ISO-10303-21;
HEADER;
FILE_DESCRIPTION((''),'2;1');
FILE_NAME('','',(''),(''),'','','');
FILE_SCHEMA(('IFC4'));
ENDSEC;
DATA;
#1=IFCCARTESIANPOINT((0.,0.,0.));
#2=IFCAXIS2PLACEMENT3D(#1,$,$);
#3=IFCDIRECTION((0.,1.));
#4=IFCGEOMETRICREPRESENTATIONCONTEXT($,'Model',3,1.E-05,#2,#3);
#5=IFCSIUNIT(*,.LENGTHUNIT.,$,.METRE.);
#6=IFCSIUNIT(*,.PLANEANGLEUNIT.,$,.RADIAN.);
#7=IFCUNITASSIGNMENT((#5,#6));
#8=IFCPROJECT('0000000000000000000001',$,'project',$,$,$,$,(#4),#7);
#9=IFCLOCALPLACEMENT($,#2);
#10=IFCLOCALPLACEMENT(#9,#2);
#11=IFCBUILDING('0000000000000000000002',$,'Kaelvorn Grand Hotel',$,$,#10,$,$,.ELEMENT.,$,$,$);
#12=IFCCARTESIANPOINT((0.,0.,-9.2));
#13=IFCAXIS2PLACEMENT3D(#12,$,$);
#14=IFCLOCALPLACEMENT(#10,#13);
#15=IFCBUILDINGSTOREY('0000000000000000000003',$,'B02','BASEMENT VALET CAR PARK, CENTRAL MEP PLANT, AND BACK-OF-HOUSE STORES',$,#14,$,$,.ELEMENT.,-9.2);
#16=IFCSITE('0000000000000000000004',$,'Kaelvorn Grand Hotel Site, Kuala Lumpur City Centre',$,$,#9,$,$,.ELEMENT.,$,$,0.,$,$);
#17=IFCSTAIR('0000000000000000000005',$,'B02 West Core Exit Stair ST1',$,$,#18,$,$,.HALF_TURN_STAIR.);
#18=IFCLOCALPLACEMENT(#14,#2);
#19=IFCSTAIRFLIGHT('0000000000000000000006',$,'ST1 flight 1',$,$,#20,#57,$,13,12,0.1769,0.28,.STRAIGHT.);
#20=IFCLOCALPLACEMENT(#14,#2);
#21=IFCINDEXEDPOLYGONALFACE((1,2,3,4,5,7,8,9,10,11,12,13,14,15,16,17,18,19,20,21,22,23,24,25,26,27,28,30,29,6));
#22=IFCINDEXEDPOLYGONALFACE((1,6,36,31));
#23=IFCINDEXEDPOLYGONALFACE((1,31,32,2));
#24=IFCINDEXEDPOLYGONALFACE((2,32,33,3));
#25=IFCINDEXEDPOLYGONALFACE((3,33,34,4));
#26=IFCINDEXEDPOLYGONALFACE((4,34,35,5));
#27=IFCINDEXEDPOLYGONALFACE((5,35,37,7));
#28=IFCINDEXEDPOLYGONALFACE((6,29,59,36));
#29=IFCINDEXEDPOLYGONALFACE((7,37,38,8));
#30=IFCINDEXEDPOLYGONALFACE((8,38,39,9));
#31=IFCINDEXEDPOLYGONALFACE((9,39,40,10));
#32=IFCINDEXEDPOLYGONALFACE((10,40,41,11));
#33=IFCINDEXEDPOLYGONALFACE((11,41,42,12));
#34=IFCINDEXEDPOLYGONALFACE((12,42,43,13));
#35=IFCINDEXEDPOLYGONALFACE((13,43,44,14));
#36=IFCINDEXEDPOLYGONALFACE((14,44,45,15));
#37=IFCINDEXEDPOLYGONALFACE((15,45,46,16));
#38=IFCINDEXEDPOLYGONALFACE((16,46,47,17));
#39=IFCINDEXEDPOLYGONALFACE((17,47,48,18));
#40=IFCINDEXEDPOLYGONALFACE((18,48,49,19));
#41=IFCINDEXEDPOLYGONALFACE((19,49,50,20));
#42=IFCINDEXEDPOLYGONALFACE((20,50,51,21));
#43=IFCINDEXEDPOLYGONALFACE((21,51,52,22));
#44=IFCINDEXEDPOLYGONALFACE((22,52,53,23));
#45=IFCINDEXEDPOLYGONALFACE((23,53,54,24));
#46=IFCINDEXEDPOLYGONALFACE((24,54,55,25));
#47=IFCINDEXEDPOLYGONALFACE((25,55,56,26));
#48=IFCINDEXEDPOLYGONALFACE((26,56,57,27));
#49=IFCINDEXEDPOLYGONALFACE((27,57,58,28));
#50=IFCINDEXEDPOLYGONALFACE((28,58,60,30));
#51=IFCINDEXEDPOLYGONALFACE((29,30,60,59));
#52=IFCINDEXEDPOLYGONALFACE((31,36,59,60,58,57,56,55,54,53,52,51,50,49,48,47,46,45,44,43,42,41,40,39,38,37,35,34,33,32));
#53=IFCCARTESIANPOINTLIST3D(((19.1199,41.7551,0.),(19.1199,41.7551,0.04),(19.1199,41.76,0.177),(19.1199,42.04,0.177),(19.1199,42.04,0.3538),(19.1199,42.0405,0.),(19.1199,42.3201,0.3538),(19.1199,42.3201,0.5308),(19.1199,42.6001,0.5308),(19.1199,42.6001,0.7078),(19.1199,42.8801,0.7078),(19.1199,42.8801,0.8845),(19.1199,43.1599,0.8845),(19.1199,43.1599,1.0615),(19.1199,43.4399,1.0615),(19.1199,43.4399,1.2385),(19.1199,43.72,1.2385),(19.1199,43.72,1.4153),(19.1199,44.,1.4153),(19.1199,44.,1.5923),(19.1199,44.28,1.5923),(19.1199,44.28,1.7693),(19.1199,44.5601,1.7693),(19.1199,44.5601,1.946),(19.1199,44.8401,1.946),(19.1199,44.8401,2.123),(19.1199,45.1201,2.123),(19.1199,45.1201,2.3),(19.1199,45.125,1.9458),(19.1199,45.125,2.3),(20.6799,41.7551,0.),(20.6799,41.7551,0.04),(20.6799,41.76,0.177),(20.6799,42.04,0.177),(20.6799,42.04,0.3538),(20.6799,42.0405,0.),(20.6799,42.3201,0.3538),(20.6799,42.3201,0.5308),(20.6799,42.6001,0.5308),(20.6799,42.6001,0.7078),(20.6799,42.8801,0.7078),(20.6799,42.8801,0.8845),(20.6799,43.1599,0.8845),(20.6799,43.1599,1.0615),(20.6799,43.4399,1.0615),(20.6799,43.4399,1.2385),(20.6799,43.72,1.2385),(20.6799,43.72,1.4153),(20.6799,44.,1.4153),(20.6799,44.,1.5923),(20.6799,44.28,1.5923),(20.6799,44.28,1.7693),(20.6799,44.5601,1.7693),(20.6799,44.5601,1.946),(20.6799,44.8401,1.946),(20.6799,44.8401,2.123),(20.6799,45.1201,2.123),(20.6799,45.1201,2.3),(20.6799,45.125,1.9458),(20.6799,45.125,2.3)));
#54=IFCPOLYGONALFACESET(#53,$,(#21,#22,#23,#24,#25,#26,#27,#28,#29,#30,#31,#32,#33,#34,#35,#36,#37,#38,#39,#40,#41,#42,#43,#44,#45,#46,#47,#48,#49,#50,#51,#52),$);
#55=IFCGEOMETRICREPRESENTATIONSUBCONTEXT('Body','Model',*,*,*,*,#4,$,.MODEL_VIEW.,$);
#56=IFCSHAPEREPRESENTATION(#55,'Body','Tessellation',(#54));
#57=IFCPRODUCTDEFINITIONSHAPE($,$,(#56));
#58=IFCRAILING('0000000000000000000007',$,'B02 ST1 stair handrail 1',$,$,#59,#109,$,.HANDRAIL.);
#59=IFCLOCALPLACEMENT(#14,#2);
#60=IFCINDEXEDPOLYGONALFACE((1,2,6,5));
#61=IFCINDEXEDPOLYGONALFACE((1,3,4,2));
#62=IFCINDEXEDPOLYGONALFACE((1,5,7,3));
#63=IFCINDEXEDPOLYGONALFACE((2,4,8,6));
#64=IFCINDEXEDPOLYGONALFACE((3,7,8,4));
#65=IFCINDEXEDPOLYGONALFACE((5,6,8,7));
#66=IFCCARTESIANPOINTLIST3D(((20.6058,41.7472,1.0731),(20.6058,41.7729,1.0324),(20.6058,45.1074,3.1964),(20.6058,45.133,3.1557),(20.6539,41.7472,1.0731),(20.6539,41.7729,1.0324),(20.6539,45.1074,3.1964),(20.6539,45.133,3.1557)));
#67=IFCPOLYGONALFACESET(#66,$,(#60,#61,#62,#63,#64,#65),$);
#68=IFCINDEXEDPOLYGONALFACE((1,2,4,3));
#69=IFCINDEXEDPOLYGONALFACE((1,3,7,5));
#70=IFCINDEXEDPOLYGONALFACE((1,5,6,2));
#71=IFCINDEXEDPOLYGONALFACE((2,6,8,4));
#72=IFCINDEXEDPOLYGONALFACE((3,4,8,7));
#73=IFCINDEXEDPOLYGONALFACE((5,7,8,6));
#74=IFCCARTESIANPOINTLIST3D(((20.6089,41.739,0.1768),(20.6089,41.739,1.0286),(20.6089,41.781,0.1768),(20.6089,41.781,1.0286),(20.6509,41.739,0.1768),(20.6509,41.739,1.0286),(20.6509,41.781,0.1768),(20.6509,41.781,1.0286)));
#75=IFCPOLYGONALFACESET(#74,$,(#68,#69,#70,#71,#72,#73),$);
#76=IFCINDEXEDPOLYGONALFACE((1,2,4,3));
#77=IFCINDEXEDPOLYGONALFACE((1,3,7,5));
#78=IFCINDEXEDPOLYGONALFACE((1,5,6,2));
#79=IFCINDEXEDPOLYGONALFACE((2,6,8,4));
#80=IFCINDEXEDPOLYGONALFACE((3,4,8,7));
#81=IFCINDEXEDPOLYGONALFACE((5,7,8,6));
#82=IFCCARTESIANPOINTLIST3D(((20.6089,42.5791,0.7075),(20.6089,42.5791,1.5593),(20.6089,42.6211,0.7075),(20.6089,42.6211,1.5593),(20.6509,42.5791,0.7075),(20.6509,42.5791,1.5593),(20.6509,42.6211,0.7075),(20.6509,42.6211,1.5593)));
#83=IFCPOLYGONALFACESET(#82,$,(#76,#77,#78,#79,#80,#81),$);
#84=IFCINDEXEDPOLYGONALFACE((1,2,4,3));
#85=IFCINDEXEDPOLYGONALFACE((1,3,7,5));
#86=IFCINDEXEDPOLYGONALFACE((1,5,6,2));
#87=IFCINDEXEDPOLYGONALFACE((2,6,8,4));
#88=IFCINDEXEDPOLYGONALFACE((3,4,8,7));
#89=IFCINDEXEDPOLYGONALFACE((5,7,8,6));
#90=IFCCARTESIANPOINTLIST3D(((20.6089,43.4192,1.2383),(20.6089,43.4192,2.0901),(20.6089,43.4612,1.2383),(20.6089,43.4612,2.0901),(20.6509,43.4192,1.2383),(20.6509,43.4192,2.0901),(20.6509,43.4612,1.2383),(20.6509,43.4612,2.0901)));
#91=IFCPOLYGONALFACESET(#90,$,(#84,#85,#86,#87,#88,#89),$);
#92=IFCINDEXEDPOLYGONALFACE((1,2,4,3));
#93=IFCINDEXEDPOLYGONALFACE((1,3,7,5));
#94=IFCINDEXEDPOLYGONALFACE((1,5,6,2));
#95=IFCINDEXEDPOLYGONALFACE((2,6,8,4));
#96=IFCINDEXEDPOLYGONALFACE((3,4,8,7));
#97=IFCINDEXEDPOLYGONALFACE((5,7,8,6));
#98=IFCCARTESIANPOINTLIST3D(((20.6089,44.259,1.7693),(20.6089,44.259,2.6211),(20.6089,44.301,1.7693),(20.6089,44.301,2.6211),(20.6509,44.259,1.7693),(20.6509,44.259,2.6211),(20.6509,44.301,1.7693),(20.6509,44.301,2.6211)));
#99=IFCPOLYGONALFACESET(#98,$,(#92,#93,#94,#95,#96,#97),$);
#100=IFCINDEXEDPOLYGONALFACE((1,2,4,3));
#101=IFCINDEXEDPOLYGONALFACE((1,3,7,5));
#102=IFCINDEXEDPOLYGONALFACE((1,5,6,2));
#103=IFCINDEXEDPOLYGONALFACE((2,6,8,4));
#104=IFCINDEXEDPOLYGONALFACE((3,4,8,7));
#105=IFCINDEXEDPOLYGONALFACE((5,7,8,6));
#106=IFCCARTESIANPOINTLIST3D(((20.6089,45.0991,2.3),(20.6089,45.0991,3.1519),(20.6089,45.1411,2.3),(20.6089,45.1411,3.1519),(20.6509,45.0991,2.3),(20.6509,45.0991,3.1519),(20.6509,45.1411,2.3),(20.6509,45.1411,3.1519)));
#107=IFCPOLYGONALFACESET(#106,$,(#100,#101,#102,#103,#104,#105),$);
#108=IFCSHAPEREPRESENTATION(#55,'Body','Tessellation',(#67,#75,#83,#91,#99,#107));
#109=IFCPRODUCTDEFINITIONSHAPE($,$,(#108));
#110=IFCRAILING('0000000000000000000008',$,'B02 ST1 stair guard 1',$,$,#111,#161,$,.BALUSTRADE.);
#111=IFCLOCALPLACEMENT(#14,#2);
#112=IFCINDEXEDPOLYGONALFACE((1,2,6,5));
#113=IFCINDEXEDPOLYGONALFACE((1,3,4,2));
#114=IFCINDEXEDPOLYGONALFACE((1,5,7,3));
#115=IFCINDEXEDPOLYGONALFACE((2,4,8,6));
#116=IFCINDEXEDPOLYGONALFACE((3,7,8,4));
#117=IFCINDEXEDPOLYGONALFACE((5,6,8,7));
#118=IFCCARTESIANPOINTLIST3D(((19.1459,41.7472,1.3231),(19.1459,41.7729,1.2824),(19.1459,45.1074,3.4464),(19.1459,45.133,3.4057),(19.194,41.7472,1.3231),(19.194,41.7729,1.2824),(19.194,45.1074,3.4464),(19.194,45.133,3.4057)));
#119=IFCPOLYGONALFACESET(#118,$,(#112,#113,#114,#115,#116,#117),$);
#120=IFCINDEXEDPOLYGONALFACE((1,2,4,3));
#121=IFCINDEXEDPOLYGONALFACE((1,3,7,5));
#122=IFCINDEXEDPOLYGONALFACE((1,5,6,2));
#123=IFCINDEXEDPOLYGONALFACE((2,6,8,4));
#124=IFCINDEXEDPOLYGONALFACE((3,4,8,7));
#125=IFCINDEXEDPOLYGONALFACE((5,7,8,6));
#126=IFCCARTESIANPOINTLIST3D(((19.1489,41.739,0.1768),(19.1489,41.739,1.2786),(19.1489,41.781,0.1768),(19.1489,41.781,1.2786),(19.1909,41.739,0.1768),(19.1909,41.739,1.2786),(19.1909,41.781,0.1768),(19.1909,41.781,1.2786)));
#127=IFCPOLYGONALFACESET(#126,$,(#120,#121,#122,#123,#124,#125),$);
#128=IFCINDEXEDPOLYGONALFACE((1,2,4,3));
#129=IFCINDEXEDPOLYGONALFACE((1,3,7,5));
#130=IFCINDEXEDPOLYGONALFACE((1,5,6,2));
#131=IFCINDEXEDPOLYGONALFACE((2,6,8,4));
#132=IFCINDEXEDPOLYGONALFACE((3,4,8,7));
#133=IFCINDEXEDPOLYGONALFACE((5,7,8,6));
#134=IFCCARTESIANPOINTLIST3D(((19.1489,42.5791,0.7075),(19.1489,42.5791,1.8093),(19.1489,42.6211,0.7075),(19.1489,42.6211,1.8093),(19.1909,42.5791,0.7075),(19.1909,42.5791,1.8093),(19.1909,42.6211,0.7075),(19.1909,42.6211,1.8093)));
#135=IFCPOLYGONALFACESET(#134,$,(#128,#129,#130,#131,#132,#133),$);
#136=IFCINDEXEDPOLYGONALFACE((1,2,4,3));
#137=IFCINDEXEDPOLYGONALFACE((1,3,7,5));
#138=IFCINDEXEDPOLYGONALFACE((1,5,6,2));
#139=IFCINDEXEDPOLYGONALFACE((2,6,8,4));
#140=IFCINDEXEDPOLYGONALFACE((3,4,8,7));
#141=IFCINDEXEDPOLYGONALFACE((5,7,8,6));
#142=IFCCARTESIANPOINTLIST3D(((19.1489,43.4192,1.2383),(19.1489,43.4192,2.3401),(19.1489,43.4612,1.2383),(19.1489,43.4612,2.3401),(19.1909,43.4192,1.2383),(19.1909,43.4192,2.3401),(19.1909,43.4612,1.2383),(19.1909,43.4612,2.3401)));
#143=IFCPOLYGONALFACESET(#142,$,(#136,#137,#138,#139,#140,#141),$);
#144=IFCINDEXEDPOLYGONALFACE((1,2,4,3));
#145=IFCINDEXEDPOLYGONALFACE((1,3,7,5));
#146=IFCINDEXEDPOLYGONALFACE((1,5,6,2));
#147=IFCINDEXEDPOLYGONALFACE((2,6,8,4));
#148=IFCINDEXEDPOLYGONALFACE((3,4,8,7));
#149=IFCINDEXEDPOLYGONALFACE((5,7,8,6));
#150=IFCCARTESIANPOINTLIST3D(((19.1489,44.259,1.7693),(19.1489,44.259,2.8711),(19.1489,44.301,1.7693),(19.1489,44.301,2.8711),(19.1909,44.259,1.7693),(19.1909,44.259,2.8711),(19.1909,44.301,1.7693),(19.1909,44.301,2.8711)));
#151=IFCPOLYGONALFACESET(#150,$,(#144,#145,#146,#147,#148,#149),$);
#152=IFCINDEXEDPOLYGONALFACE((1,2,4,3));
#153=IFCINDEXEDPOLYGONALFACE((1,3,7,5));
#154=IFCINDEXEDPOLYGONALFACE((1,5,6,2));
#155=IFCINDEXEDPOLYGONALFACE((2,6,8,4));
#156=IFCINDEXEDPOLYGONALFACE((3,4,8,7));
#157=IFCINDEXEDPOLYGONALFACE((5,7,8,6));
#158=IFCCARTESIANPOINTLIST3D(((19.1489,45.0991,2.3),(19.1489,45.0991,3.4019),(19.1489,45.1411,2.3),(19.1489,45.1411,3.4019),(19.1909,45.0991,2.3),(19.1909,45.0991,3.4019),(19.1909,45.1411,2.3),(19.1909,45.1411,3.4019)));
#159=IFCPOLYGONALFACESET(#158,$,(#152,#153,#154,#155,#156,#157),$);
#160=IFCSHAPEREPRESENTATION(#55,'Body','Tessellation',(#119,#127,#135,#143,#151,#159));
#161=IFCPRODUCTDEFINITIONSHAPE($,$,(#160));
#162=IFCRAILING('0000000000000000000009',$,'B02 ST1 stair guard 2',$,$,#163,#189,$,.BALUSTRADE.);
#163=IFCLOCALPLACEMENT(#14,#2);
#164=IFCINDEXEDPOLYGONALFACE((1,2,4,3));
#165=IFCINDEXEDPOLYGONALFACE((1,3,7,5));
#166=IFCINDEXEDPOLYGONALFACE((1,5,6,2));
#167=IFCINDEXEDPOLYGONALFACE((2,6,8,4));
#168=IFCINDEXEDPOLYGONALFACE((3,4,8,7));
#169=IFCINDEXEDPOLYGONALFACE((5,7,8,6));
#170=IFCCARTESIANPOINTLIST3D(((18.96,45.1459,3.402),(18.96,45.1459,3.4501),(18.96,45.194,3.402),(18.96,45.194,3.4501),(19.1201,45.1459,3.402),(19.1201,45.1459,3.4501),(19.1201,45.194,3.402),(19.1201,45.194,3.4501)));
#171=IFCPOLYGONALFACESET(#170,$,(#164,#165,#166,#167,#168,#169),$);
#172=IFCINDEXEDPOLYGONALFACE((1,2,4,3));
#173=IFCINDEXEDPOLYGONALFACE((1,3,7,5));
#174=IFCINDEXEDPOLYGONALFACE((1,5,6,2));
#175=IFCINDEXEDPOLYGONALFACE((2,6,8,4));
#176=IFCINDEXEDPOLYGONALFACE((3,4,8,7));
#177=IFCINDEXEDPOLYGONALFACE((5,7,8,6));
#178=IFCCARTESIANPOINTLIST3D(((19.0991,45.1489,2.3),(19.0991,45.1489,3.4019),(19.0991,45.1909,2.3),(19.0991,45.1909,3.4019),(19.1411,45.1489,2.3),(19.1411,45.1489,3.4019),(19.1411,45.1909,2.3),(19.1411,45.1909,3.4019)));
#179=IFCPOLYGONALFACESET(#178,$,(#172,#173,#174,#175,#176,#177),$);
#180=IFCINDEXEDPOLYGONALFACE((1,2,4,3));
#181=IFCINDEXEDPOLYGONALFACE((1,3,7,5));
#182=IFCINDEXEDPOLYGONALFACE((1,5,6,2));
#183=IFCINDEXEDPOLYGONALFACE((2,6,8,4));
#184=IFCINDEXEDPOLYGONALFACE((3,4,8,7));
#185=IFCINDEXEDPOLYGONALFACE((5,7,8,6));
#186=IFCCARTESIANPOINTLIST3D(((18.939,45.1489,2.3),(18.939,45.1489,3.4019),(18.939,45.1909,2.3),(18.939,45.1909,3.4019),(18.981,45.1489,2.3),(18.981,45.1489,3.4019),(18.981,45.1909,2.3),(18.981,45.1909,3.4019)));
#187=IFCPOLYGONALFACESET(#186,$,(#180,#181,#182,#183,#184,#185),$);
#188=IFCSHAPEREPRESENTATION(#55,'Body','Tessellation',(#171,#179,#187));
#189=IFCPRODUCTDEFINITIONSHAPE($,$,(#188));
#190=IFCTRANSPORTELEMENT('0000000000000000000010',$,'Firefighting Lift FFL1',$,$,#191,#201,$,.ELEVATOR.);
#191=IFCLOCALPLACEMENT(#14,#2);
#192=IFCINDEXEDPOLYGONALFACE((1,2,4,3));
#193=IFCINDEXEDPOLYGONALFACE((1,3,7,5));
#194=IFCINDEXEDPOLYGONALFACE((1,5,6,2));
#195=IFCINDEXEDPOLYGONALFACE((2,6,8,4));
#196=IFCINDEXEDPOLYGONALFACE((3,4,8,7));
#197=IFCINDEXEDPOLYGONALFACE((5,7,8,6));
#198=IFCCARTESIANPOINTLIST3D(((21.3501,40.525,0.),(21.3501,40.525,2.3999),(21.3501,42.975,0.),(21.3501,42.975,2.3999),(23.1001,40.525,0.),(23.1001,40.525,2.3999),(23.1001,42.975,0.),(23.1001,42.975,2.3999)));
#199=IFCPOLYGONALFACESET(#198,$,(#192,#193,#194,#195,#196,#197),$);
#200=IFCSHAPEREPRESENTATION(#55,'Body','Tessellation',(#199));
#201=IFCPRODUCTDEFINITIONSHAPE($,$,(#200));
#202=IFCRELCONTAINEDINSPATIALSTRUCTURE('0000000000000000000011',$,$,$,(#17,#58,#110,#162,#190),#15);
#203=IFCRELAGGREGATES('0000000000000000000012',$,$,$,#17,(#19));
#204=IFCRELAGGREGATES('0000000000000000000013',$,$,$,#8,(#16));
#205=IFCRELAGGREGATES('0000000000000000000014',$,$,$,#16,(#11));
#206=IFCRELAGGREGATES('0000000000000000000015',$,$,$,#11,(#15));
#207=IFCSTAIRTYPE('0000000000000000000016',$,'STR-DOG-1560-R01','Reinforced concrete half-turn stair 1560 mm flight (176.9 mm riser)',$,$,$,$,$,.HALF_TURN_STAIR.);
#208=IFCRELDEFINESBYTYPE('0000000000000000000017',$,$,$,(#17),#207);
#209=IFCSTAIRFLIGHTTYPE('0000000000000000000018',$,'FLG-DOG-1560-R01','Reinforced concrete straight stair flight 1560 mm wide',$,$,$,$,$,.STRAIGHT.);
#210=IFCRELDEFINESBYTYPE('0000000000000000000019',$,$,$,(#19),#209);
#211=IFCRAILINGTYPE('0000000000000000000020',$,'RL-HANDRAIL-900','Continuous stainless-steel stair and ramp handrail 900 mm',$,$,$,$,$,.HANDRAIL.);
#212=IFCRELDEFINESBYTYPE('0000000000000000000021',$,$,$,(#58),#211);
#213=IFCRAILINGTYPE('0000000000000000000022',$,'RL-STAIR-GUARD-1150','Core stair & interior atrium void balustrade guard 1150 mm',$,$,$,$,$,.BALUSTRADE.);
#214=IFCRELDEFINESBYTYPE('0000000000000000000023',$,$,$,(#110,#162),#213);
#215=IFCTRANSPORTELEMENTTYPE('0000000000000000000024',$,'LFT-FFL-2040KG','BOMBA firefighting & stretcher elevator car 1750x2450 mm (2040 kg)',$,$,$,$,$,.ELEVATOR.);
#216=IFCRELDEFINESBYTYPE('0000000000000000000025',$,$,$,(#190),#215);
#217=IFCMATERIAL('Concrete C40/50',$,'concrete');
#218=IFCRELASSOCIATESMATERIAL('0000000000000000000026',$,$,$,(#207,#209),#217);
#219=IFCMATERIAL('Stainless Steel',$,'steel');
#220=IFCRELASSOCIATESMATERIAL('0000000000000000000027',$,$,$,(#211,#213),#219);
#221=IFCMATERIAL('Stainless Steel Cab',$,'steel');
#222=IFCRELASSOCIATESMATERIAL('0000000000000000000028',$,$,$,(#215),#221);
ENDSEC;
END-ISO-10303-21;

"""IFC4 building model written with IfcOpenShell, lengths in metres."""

from ifc_helpers import new_model, si_unit, direction, frame, origin, origin_2d, place, context, subcontext, project, spatial, polyline, rectangle, outline, extrude, material, type_object, element, aggregate, save


model = new_model("IFC4")

# Units and contexts
model_context = context("Model", 3, precision=1e-05, world=origin(), true_north=direction((0.0, 1.0)))
body_context = subcontext(model_context, "Body", "Model", "MODEL_VIEW")
ifc_project = project(units=[si_unit("LENGTHUNIT", "METRE"), si_unit("PLANEANGLEUNIT", "RADIAN")], contexts=[model_context])

# Site, building, storey
site_placement = place(None, origin())
site = spatial("IfcSite", under=ifc_project, at=site_placement, Name="Kaelvorn Grand Hotel Site, Kuala Lumpur City Centre", CompositionType="ELEMENT", RefElevation=0.0)
building_placement = place(site_placement, origin())
building = spatial("IfcBuilding", under=site, at=building_placement, Name="Kaelvorn Grand Hotel", CompositionType="ELEMENT")
storey_placement = place(building_placement, frame((0.0, 0.0, -9.2)))
storey = spatial("IfcBuildingStorey", under=building, at=storey_placement, Name="B02", Description="BASEMENT VALET CAR PARK, CENTRAL MEP PLANT, AND BACK-OF-HOUSE STORES", CompositionType="ELEMENT", Elevation=-9.2)

# Shared definitions
ifc_material_1 = material(Name="Concrete C40/50", Category="concrete")

# Stair, stair flight
stair_type = type_object("IfcStairType", Name="STR-DOG-1560-R01", Description="Reinforced concrete half-turn stair 1560 mm flight (176.9 mm riser)", PredefinedType="HALF_TURN_STAIR", material=ifc_material_1)
stair_placement = place(storey_placement, origin())
stair = element("IfcStair", 1, at=stair_placement, inside=storey, type_object=stair_type, Name="B02 West Core Exit Stair ST1", PredefinedType="HALF_TURN_STAIR")
stair_flight_type = type_object("IfcStairFlightType", Name="FLG-DOG-1560-R01", Description="Reinforced concrete straight stair flight 1560 mm wide", PredefinedType="STRAIGHT", material=ifc_material_1)
stair_flight_placement = place(storey_placement, frame((19.8999, 41.76, 0.0), z_axis=(0.0, 0.0, 1.0), x_axis=(0.0, 1.0, 0.0)))
stair_flight = element("IfcStairFlight", 2, at=stair_flight_placement, type_object=stair_flight_type, Name="ST1 flight 1", NumberOfRisers=13, NumberOfTreads=12, PredefinedType="STRAIGHT", RiserHeight=0.1769, TreadLength=0.28, context=body_context, shape_type="SweptSolid", body=[
    extrude(outline(polyline([(-0.0049, 0.0), (-0.0049, 0.04), (0.0, 0.177), (0.28, 0.177), (0.28, 0.3538), (0.5601, 0.3538), (0.5601, 0.5308), (0.8401, 0.5308), (0.8401, 0.7078), (1.1201, 0.7078), (1.1201, 0.8845), (1.3999, 0.8845), (1.3999, 1.0615), (1.6799, 1.0615), (1.6799, 1.2385), (1.96, 1.2385), (1.96, 1.4153), (2.24, 1.4153), (2.24, 1.5923), (2.52, 1.5923), (2.52, 1.7693), (2.8, 1.7693), (2.8, 1.946), (3.0801, 1.946), (3.0801, 2.123), (3.3601, 2.123), (3.3601, 2.3), (3.365, 2.3), (3.365, 1.9458), (0.2805, 0.0), (-0.0049, 0.0)])), frame((0.0, 0.78, 0.0), z_axis=(0.0, -1.0, 0.0), x_axis=(1.0, 0.0, 0.0)), (0.0, 0.0, 1.0), 1.5601),
])
aggregate(stair, [stair_flight])

# Railings
ifc_material_2 = material(Name="Stainless Steel", Category="steel")
railing_type_1 = type_object("IfcRailingType", Name="RL-HANDRAIL-900", Description="Continuous stainless-steel stair and ramp handrail 900 mm", PredefinedType="HANDRAIL", material=ifc_material_2)
railing_1_placement = place(storey_placement, frame((20.6299, 41.76, 0.1768)))
element("IfcRailing", 3, at=railing_1_placement, inside=storey, type_object=railing_type_1, Name="B02 ST1 stair handrail 1", PredefinedType="HANDRAIL", context=body_context, shape_type="SweptSolid", body=[
    extrude(rectangle(XDim=0.0481, YDim=0.0481, at=origin_2d()), frame((0.0, 0.0, 0.876), z_axis=(0.0, 0.845362, 0.534194), x_axis=(-1.0, 0.0, 0.0)), (0.0, 0.0, 1.0), 3.9749),
    extrude(rectangle(XDim=0.042, YDim=0.042, at=origin_2d()), origin(), (0.0, 0.0, 1.0), 0.8518),
    extrude(rectangle(XDim=0.042, YDim=0.042, at=origin_2d()), frame((0.0, 0.8401, 0.5308)), (0.0, 0.0, 1.0), 0.8518),
    extrude(rectangle(XDim=0.042, YDim=0.042, at=origin_2d()), frame((0.0, 1.6802, 1.0615)), (0.0, 0.0, 1.0), 0.8518),
    extrude(rectangle(XDim=0.042, YDim=0.042, at=origin_2d()), frame((0.0, 2.52, 1.5925)), (0.0, 0.0, 1.0), 0.8518),
    extrude(rectangle(XDim=0.042, YDim=0.042, at=origin_2d()), frame((0.0, 3.3601, 2.1233)), (0.0, 0.0, 1.0), 0.8518),
])
railing_type_2 = type_object("IfcRailingType", Name="RL-STAIR-GUARD-1150", Description="Core stair & interior atrium void balustrade guard 1150 mm", PredefinedType="BALUSTRADE", material=ifc_material_2)
railing_2_placement = place(storey_placement, frame((19.1699, 41.76, 0.1768)))
element("IfcRailing", 4, at=railing_2_placement, inside=storey, type_object=railing_type_2, Name="B02 ST1 stair guard 1", PredefinedType="BALUSTRADE", context=body_context, shape_type="SweptSolid", body=[
    extrude(rectangle(XDim=0.0481, YDim=0.0481, at=origin_2d()), frame((0.0, 0.0, 1.126), z_axis=(0.0, 0.845362, 0.534194), x_axis=(-1.0, 0.0, 0.0)), (0.0, 0.0, 1.0), 3.9749),
    extrude(rectangle(XDim=0.042, YDim=0.042, at=origin_2d()), origin(), (0.0, 0.0, 1.0), 1.1018),
    extrude(rectangle(XDim=0.042, YDim=0.042, at=origin_2d()), frame((0.0, 0.8401, 0.5308)), (0.0, 0.0, 1.0), 1.1018),
    extrude(rectangle(XDim=0.042, YDim=0.042, at=origin_2d()), frame((0.0, 1.6802, 1.0615)), (0.0, 0.0, 1.0), 1.1018),
    extrude(rectangle(XDim=0.042, YDim=0.042, at=origin_2d()), frame((0.0, 2.52, 1.5925)), (0.0, 0.0, 1.0), 1.1018),
    extrude(rectangle(XDim=0.042, YDim=0.042, at=origin_2d()), frame((0.0, 3.3601, 2.1233)), (0.0, 0.0, 1.0), 1.1018),
])
railing_3_placement = place(storey_placement, frame((19.1201, 45.1699, 2.3)))
element("IfcRailing", 5, at=railing_3_placement, inside=storey, type_object=railing_type_2, Name="B02 ST1 stair guard 2", PredefinedType="BALUSTRADE", context=body_context, shape_type="SweptSolid", body=[
    extrude(rectangle(XDim=0.0481, YDim=0.0481, at=origin_2d()), frame((0.0, 0.0, 1.126), z_axis=(-1.0, 0.0, 0.0), x_axis=(0.0, -1.0, 0.0)), (0.0, 0.0, 1.0), 0.1602),
    extrude(rectangle(XDim=0.042, YDim=0.042, at=origin_2d()), origin(), (0.0, 0.0, 1.0), 1.1018),
    extrude(rectangle(XDim=0.042, YDim=0.042, at=origin_2d()), frame((-0.1602, 0.0, 0.0)), (0.0, 0.0, 1.0), 1.1018),
])

# Transport element
ifc_material_3 = material(Name="Stainless Steel Cab", Category="steel")
transport_element_type = type_object("IfcTransportElementType", Name="LFT-FFL-2040KG", Description="BOMBA firefighting & stretcher elevator car 1750x2450 mm (2040 kg)", PredefinedType="ELEVATOR", material=ifc_material_3)
transport_element_placement = place(storey_placement, frame((22.2251, 41.75, 0.0), z_axis=(0.0, 0.0, 1.0), x_axis=(1.0, 0.0, 0.0)))
element("IfcTransportElement", 6, at=transport_element_placement, inside=storey, type_object=transport_element_type, Name="Firefighting Lift FFL1", PredefinedType="ELEVATOR", context=body_context, shape_type="SweptSolid", body=[
    extrude(rectangle(XDim=1.75, YDim=2.45, at=origin_2d()), origin(), (0.0, 0.0, 1.0), 2.3999),
])

save(model, "model.ifc")
